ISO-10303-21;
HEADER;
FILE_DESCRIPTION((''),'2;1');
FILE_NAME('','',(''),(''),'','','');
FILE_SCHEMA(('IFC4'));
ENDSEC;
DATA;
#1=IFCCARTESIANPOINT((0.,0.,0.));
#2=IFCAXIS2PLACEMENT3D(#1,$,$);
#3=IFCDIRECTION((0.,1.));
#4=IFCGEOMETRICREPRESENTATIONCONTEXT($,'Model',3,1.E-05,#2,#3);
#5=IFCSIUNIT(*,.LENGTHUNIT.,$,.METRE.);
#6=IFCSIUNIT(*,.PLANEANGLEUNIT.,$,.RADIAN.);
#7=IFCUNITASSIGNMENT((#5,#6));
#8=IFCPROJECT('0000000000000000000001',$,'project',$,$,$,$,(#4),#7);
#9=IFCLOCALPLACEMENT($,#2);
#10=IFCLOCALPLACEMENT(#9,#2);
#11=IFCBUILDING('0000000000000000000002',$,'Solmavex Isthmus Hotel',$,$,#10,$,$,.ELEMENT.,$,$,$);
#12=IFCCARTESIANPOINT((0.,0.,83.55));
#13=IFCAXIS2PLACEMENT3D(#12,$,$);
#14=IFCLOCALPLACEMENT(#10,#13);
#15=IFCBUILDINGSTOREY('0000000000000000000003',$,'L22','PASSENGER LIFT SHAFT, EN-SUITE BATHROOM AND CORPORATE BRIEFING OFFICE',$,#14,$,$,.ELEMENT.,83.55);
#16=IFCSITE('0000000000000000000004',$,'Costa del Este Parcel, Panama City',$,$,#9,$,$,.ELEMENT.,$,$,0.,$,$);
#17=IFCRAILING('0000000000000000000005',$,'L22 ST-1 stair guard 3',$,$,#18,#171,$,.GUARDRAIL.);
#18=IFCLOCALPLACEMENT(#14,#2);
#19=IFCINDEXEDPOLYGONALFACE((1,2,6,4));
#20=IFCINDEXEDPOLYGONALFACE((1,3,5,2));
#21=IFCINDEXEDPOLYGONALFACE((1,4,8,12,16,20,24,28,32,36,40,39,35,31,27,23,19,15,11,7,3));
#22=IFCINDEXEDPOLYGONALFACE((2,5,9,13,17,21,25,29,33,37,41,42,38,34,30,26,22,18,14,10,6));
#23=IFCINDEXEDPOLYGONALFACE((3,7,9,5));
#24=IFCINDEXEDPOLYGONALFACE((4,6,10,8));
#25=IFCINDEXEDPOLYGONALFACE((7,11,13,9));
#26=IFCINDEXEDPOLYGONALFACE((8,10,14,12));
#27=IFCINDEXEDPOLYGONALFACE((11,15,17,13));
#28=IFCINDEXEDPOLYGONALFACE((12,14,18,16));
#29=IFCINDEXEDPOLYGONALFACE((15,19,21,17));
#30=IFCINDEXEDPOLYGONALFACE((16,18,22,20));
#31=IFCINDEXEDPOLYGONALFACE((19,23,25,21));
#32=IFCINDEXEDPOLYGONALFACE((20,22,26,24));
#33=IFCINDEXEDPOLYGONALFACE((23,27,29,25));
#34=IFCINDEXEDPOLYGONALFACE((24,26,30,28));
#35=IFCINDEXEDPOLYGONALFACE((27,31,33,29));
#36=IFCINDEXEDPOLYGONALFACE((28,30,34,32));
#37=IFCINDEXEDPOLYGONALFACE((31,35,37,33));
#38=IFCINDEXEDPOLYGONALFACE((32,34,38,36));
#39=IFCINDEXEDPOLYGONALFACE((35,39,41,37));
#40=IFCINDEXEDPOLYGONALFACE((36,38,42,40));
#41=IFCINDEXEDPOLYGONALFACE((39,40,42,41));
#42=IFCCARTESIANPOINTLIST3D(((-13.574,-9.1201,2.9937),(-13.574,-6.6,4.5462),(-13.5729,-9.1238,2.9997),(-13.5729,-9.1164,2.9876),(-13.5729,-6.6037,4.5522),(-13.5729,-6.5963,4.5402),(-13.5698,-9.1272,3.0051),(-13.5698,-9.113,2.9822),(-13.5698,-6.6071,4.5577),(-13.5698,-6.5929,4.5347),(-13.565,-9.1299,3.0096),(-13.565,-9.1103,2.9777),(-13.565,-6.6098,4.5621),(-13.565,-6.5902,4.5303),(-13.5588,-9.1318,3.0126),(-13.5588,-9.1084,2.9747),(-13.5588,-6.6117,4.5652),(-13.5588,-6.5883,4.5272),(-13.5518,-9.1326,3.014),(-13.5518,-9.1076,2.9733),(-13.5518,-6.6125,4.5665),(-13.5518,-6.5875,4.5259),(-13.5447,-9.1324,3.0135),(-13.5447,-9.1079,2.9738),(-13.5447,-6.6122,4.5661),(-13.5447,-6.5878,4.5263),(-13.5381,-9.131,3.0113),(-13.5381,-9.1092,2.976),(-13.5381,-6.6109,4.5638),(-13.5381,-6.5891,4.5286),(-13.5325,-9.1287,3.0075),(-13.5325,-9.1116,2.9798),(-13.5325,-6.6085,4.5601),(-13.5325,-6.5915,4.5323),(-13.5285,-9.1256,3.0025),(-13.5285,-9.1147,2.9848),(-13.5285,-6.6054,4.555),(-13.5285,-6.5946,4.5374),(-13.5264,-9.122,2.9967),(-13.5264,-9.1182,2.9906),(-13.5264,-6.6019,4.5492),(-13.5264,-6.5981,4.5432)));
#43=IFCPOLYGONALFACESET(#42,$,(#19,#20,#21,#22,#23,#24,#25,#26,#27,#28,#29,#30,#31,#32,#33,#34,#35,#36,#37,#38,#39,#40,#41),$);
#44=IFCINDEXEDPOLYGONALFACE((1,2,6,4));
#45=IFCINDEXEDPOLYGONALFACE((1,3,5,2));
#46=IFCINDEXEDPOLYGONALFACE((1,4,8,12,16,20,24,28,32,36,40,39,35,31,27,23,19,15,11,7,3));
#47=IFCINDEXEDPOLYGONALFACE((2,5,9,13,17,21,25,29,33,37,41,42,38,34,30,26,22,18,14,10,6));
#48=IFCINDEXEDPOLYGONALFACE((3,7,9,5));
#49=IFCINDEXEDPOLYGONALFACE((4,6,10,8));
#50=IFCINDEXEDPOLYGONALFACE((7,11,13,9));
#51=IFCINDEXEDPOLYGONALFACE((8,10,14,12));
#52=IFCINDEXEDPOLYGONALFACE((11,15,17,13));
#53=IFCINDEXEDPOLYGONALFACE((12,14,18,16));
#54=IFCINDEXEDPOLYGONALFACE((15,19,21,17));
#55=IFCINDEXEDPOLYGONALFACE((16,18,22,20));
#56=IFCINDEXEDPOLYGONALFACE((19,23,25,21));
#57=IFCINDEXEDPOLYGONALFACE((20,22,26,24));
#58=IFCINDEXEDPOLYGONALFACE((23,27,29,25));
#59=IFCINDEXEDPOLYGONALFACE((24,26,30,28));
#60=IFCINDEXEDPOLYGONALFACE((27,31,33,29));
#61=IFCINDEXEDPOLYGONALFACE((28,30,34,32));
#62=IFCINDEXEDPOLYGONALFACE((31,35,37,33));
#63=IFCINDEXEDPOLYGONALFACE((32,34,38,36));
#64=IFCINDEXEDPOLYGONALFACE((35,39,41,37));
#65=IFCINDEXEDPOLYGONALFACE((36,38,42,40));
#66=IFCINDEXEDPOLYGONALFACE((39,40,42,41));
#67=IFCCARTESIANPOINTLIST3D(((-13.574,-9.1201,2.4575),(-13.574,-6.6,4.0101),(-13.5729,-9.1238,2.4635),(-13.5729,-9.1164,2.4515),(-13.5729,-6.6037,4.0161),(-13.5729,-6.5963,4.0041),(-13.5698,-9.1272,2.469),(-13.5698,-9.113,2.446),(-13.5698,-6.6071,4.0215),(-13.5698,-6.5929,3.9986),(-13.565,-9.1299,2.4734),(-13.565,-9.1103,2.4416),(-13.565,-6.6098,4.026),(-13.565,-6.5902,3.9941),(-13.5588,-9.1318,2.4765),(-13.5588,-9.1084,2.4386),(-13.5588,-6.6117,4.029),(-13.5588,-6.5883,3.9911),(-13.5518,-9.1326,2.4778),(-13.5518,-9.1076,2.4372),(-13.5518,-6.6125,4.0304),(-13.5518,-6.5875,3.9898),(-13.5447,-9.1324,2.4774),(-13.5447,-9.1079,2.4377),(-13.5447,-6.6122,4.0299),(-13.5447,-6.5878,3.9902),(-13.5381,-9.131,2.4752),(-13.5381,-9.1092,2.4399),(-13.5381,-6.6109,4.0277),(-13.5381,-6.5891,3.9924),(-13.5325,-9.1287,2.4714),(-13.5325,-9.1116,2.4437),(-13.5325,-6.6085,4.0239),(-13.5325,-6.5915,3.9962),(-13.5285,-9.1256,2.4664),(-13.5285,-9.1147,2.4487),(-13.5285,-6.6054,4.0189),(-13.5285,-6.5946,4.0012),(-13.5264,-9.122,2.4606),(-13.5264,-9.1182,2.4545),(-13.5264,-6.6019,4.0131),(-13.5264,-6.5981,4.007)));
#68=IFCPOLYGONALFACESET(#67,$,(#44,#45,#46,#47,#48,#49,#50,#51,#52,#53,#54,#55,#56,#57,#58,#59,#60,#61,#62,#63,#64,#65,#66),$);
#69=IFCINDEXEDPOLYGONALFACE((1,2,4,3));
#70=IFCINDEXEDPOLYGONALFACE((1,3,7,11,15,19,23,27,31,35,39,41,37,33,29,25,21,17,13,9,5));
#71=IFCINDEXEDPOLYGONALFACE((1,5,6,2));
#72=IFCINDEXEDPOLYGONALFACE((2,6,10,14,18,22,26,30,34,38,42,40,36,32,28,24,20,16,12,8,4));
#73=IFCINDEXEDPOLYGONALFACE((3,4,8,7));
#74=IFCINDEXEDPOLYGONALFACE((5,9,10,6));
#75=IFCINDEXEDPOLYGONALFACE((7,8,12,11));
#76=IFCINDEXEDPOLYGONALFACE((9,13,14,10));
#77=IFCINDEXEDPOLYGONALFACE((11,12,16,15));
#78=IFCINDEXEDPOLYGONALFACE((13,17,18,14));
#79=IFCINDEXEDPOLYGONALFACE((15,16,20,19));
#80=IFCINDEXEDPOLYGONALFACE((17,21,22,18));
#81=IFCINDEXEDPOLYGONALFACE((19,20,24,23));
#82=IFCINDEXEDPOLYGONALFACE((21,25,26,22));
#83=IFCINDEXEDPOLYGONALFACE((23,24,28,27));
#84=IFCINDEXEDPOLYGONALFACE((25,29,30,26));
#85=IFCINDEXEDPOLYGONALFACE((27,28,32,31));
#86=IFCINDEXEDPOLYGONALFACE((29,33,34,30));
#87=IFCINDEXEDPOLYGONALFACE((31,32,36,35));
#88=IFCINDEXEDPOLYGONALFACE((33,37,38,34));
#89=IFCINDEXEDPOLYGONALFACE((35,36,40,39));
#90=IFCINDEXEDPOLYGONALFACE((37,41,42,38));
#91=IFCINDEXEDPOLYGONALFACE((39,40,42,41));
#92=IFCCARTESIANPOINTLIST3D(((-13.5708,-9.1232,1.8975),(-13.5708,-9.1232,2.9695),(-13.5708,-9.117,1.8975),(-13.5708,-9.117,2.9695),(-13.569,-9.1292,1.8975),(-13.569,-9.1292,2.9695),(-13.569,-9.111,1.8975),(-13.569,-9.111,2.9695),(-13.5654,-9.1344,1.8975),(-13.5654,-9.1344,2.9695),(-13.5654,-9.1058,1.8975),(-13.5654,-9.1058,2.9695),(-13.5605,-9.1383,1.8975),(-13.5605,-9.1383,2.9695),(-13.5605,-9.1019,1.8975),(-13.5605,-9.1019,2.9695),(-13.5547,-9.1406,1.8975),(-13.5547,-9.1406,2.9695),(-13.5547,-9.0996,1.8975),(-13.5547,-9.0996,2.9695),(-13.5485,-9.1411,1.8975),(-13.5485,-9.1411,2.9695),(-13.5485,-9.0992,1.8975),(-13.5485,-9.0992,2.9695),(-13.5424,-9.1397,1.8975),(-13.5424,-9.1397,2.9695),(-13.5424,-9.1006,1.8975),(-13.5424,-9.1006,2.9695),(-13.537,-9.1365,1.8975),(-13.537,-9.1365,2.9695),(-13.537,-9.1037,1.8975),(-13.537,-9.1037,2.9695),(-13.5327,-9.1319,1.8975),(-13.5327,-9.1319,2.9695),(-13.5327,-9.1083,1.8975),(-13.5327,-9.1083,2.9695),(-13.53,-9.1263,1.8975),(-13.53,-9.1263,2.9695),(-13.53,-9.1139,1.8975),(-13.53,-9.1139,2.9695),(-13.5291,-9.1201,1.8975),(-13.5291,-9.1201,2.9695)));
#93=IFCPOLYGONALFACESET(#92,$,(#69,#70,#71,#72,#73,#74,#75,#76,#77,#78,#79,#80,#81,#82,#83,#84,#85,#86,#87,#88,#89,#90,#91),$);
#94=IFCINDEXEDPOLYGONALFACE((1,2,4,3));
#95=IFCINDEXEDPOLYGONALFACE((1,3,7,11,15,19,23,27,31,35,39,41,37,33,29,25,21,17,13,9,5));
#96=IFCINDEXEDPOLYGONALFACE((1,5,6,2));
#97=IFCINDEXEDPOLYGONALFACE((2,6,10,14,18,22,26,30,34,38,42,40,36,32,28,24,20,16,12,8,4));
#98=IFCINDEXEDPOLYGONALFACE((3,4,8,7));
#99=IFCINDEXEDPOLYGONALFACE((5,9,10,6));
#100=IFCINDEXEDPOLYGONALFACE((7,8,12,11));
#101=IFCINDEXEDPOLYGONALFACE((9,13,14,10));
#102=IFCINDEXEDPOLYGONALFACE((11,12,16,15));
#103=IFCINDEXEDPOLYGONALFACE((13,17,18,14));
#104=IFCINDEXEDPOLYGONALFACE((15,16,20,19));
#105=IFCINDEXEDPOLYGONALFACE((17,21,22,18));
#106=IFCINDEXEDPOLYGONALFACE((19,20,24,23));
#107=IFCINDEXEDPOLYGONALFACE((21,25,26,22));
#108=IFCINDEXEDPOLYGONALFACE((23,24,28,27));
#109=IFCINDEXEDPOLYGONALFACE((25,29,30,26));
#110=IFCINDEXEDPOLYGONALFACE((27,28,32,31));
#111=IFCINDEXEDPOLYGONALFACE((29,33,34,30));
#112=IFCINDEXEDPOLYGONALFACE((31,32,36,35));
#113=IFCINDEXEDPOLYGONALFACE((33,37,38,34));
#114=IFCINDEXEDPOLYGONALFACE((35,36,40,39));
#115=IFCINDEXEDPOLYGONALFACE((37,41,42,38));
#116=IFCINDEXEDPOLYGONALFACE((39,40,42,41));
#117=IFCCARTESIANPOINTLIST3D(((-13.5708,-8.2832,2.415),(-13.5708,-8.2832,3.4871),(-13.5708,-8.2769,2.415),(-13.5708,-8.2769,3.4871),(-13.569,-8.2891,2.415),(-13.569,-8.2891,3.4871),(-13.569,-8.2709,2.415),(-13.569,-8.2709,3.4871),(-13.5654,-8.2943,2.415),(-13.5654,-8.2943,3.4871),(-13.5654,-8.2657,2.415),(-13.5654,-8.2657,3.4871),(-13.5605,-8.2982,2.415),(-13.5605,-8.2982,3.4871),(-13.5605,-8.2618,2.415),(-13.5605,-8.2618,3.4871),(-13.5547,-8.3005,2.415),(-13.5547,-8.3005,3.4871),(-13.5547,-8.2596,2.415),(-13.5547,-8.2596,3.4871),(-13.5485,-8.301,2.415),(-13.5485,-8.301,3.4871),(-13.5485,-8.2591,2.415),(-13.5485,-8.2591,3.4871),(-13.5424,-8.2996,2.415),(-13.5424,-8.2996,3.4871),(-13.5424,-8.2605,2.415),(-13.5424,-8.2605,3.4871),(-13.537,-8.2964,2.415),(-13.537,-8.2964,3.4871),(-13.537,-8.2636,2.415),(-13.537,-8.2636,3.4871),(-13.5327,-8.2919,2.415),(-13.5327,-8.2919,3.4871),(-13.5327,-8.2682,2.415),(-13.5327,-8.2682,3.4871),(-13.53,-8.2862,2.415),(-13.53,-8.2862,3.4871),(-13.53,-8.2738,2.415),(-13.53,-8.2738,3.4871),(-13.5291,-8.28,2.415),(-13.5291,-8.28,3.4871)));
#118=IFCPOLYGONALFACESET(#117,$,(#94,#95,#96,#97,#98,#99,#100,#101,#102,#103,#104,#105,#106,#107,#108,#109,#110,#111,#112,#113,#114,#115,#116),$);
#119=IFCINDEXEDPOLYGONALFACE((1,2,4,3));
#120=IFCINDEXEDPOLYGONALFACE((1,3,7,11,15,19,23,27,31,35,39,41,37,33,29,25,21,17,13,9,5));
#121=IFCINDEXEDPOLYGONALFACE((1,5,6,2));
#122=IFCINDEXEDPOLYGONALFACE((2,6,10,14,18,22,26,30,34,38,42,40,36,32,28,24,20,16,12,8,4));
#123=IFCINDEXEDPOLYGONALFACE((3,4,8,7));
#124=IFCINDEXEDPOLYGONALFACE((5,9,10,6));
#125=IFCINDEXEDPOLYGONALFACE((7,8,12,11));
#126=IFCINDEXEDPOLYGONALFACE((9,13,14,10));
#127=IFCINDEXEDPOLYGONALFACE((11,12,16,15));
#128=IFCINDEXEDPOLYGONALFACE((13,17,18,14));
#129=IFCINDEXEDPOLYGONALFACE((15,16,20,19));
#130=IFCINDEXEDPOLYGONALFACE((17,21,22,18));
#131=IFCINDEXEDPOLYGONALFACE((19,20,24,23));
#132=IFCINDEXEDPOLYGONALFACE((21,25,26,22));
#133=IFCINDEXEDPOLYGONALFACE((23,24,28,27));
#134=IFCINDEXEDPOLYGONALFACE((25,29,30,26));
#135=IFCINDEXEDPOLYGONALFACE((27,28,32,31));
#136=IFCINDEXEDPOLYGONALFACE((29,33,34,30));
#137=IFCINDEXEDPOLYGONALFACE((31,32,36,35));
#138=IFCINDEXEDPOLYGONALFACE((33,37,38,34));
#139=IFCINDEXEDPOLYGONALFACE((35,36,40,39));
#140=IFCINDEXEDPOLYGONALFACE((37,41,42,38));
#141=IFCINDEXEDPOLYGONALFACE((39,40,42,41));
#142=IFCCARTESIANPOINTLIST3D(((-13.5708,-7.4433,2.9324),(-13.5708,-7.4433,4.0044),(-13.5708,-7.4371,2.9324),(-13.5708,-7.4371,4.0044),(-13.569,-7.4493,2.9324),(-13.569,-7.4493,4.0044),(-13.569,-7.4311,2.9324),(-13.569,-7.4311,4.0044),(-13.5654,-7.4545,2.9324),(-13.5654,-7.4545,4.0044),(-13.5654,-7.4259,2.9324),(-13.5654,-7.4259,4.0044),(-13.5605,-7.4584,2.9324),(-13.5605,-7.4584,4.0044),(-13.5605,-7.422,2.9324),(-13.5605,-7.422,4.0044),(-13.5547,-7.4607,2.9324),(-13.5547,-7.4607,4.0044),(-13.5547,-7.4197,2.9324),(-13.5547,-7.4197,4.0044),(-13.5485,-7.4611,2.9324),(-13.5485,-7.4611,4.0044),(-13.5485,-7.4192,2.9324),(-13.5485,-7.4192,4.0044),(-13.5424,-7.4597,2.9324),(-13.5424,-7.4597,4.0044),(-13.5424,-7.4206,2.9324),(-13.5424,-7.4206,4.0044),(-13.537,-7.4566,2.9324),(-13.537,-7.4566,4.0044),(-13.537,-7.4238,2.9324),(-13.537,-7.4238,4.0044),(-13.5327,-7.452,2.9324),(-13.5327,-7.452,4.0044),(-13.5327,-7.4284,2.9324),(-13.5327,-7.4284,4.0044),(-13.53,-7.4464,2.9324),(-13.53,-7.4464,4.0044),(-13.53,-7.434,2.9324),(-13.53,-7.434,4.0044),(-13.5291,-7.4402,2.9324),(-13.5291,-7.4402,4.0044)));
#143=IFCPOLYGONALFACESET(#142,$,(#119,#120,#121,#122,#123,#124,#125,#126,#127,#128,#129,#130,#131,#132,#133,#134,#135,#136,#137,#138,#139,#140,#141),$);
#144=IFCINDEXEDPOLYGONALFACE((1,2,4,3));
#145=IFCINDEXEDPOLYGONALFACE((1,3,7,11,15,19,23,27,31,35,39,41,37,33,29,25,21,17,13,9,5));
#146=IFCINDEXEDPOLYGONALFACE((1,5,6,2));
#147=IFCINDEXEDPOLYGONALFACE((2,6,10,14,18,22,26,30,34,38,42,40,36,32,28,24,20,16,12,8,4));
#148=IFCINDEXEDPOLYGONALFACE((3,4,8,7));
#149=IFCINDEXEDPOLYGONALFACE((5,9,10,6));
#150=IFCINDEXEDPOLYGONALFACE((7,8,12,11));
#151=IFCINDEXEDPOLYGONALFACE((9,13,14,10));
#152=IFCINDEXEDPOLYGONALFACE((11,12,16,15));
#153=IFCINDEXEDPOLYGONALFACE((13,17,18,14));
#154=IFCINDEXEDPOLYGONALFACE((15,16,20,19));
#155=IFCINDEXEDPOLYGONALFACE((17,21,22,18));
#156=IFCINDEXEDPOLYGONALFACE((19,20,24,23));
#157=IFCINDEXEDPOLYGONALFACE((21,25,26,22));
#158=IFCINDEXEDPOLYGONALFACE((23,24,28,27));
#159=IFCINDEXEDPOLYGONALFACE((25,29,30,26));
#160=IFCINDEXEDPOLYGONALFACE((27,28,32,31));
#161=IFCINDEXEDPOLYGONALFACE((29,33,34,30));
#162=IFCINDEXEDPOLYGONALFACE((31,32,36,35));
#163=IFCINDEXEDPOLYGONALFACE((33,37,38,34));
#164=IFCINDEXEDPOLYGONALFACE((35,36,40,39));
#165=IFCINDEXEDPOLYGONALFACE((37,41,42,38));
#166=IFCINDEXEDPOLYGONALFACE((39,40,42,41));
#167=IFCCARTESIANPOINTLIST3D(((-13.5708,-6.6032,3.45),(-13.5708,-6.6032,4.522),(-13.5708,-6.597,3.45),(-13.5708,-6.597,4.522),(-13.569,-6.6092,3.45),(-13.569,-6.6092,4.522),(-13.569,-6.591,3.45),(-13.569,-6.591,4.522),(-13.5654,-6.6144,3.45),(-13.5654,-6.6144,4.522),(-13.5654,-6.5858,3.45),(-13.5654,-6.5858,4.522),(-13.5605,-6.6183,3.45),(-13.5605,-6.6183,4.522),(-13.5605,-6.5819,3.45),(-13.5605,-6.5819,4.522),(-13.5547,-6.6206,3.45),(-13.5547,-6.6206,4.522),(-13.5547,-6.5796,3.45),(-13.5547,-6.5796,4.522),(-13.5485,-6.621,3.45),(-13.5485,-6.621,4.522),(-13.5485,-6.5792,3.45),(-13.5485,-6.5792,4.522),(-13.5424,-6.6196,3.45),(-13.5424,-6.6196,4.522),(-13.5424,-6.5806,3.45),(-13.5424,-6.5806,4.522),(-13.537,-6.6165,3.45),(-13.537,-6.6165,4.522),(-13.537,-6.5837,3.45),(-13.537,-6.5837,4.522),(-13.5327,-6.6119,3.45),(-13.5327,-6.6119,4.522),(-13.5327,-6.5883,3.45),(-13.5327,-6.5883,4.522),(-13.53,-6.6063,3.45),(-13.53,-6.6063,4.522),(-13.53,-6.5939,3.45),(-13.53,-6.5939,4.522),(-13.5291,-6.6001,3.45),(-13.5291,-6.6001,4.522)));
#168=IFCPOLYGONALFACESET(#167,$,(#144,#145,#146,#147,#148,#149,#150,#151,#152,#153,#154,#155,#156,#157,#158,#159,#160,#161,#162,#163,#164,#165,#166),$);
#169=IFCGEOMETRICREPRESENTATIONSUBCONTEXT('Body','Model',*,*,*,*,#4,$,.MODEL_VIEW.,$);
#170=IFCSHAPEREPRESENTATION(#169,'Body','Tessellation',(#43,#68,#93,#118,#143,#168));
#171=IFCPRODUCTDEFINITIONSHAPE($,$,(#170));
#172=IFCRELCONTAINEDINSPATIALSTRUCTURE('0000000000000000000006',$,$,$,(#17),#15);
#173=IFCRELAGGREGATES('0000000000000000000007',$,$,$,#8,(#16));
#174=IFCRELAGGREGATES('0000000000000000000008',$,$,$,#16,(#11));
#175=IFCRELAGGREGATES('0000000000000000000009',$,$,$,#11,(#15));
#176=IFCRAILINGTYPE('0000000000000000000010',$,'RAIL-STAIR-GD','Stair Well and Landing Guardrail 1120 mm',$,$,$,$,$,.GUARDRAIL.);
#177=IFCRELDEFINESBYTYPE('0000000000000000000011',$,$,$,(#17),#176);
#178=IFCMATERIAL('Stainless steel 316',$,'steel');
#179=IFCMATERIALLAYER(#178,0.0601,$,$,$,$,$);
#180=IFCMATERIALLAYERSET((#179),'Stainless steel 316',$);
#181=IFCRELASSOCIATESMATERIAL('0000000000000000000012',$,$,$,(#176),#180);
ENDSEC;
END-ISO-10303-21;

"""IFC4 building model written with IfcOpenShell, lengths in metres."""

from ifc_helpers import new_model, si_unit, direction, frame, origin, origin_2d, place, context, subcontext, project, spatial, circle, extrude, material, layer, layer_set, type_object, element, save


model = new_model("IFC4")

# Units and contexts
model_context = context("Model", 3, precision=1e-05, world=origin(), true_north=direction((0.0, 1.0)))
body_context = subcontext(model_context, "Body", "Model", "MODEL_VIEW")
ifc_project = project(units=[si_unit("LENGTHUNIT", "METRE"), si_unit("PLANEANGLEUNIT", "RADIAN")], contexts=[model_context])

# Site, building, storey
site_placement = place(None, origin())
site = spatial("IfcSite", under=ifc_project, at=site_placement, Name="Costa del Este Parcel, Panama City", CompositionType="ELEMENT", RefElevation=0.0)
building_placement = place(site_placement, origin())
building = spatial("IfcBuilding", under=site, at=building_placement, Name="Solmavex Isthmus Hotel", CompositionType="ELEMENT")
storey_placement = place(building_placement, frame((0.0, 0.0, 83.55)))
storey = spatial("IfcBuildingStorey", under=building, at=storey_placement, Name="L22", Description="PASSENGER LIFT SHAFT, EN-SUITE BATHROOM AND CORPORATE BRIEFING OFFICE", CompositionType="ELEMENT", Elevation=83.55)

# Railing
ifc_material_1 = material(Name="Stainless steel 316", Category="steel")
ifc_layer_1 = layer(ifc_material_1, 0.0601)
ifc_layer_set_1 = layer_set([ifc_layer_1], Name="Stainless steel 316")
railing_type = type_object("IfcRailingType", Name="RAIL-STAIR-GD", Description="Stair Well and Landing Guardrail 1120 mm", PredefinedType="GUARDRAIL", material=ifc_layer_set_1)
railing_1_placement = place(storey_placement, frame((-13.55, -9.1201, 1.8975)))
element("IfcRailing", 1, at=railing_1_placement, inside=storey, type_object=railing_type, Name="L22 ST-1 stair guard 3", PredefinedType="GUARDRAIL", context=body_context, shape_type="SweptSolid", body=[
    extrude(circle(Radius=0.0239, at=origin_2d()), frame((0.0, 0.0, 1.0962), z_axis=(0.0, 0.8514, 0.524516), x_axis=(-1.0, 0.0, 0.0)), (0.0, 0.0, 1.0), 2.96),
    extrude(circle(Radius=0.0239, at=origin_2d()), frame((0.0, 0.0, 0.5601), z_axis=(0.0, 0.8514, 0.524516), x_axis=(-1.0, 0.0, 0.0)), (0.0, 0.0, 1.0), 2.96),
    extrude(circle(Radius=0.021, at=origin_2d()), origin(), (0.0, 0.0, 1.0), 1.072),
    extrude(circle(Radius=0.021, at=origin_2d()), frame((0.0, 0.8401, 0.5176)), (0.0, 0.0, 1.0), 1.072),
    extrude(circle(Radius=0.021, at=origin_2d()), frame((0.0, 1.6799, 1.0349)), (0.0, 0.0, 1.0), 1.072),
    extrude(circle(Radius=0.021, at=origin_2d()), frame((0.0, 2.52, 1.5525)), (0.0, 0.0, 1.0), 1.072),
])

save(model, "model.ifc")
